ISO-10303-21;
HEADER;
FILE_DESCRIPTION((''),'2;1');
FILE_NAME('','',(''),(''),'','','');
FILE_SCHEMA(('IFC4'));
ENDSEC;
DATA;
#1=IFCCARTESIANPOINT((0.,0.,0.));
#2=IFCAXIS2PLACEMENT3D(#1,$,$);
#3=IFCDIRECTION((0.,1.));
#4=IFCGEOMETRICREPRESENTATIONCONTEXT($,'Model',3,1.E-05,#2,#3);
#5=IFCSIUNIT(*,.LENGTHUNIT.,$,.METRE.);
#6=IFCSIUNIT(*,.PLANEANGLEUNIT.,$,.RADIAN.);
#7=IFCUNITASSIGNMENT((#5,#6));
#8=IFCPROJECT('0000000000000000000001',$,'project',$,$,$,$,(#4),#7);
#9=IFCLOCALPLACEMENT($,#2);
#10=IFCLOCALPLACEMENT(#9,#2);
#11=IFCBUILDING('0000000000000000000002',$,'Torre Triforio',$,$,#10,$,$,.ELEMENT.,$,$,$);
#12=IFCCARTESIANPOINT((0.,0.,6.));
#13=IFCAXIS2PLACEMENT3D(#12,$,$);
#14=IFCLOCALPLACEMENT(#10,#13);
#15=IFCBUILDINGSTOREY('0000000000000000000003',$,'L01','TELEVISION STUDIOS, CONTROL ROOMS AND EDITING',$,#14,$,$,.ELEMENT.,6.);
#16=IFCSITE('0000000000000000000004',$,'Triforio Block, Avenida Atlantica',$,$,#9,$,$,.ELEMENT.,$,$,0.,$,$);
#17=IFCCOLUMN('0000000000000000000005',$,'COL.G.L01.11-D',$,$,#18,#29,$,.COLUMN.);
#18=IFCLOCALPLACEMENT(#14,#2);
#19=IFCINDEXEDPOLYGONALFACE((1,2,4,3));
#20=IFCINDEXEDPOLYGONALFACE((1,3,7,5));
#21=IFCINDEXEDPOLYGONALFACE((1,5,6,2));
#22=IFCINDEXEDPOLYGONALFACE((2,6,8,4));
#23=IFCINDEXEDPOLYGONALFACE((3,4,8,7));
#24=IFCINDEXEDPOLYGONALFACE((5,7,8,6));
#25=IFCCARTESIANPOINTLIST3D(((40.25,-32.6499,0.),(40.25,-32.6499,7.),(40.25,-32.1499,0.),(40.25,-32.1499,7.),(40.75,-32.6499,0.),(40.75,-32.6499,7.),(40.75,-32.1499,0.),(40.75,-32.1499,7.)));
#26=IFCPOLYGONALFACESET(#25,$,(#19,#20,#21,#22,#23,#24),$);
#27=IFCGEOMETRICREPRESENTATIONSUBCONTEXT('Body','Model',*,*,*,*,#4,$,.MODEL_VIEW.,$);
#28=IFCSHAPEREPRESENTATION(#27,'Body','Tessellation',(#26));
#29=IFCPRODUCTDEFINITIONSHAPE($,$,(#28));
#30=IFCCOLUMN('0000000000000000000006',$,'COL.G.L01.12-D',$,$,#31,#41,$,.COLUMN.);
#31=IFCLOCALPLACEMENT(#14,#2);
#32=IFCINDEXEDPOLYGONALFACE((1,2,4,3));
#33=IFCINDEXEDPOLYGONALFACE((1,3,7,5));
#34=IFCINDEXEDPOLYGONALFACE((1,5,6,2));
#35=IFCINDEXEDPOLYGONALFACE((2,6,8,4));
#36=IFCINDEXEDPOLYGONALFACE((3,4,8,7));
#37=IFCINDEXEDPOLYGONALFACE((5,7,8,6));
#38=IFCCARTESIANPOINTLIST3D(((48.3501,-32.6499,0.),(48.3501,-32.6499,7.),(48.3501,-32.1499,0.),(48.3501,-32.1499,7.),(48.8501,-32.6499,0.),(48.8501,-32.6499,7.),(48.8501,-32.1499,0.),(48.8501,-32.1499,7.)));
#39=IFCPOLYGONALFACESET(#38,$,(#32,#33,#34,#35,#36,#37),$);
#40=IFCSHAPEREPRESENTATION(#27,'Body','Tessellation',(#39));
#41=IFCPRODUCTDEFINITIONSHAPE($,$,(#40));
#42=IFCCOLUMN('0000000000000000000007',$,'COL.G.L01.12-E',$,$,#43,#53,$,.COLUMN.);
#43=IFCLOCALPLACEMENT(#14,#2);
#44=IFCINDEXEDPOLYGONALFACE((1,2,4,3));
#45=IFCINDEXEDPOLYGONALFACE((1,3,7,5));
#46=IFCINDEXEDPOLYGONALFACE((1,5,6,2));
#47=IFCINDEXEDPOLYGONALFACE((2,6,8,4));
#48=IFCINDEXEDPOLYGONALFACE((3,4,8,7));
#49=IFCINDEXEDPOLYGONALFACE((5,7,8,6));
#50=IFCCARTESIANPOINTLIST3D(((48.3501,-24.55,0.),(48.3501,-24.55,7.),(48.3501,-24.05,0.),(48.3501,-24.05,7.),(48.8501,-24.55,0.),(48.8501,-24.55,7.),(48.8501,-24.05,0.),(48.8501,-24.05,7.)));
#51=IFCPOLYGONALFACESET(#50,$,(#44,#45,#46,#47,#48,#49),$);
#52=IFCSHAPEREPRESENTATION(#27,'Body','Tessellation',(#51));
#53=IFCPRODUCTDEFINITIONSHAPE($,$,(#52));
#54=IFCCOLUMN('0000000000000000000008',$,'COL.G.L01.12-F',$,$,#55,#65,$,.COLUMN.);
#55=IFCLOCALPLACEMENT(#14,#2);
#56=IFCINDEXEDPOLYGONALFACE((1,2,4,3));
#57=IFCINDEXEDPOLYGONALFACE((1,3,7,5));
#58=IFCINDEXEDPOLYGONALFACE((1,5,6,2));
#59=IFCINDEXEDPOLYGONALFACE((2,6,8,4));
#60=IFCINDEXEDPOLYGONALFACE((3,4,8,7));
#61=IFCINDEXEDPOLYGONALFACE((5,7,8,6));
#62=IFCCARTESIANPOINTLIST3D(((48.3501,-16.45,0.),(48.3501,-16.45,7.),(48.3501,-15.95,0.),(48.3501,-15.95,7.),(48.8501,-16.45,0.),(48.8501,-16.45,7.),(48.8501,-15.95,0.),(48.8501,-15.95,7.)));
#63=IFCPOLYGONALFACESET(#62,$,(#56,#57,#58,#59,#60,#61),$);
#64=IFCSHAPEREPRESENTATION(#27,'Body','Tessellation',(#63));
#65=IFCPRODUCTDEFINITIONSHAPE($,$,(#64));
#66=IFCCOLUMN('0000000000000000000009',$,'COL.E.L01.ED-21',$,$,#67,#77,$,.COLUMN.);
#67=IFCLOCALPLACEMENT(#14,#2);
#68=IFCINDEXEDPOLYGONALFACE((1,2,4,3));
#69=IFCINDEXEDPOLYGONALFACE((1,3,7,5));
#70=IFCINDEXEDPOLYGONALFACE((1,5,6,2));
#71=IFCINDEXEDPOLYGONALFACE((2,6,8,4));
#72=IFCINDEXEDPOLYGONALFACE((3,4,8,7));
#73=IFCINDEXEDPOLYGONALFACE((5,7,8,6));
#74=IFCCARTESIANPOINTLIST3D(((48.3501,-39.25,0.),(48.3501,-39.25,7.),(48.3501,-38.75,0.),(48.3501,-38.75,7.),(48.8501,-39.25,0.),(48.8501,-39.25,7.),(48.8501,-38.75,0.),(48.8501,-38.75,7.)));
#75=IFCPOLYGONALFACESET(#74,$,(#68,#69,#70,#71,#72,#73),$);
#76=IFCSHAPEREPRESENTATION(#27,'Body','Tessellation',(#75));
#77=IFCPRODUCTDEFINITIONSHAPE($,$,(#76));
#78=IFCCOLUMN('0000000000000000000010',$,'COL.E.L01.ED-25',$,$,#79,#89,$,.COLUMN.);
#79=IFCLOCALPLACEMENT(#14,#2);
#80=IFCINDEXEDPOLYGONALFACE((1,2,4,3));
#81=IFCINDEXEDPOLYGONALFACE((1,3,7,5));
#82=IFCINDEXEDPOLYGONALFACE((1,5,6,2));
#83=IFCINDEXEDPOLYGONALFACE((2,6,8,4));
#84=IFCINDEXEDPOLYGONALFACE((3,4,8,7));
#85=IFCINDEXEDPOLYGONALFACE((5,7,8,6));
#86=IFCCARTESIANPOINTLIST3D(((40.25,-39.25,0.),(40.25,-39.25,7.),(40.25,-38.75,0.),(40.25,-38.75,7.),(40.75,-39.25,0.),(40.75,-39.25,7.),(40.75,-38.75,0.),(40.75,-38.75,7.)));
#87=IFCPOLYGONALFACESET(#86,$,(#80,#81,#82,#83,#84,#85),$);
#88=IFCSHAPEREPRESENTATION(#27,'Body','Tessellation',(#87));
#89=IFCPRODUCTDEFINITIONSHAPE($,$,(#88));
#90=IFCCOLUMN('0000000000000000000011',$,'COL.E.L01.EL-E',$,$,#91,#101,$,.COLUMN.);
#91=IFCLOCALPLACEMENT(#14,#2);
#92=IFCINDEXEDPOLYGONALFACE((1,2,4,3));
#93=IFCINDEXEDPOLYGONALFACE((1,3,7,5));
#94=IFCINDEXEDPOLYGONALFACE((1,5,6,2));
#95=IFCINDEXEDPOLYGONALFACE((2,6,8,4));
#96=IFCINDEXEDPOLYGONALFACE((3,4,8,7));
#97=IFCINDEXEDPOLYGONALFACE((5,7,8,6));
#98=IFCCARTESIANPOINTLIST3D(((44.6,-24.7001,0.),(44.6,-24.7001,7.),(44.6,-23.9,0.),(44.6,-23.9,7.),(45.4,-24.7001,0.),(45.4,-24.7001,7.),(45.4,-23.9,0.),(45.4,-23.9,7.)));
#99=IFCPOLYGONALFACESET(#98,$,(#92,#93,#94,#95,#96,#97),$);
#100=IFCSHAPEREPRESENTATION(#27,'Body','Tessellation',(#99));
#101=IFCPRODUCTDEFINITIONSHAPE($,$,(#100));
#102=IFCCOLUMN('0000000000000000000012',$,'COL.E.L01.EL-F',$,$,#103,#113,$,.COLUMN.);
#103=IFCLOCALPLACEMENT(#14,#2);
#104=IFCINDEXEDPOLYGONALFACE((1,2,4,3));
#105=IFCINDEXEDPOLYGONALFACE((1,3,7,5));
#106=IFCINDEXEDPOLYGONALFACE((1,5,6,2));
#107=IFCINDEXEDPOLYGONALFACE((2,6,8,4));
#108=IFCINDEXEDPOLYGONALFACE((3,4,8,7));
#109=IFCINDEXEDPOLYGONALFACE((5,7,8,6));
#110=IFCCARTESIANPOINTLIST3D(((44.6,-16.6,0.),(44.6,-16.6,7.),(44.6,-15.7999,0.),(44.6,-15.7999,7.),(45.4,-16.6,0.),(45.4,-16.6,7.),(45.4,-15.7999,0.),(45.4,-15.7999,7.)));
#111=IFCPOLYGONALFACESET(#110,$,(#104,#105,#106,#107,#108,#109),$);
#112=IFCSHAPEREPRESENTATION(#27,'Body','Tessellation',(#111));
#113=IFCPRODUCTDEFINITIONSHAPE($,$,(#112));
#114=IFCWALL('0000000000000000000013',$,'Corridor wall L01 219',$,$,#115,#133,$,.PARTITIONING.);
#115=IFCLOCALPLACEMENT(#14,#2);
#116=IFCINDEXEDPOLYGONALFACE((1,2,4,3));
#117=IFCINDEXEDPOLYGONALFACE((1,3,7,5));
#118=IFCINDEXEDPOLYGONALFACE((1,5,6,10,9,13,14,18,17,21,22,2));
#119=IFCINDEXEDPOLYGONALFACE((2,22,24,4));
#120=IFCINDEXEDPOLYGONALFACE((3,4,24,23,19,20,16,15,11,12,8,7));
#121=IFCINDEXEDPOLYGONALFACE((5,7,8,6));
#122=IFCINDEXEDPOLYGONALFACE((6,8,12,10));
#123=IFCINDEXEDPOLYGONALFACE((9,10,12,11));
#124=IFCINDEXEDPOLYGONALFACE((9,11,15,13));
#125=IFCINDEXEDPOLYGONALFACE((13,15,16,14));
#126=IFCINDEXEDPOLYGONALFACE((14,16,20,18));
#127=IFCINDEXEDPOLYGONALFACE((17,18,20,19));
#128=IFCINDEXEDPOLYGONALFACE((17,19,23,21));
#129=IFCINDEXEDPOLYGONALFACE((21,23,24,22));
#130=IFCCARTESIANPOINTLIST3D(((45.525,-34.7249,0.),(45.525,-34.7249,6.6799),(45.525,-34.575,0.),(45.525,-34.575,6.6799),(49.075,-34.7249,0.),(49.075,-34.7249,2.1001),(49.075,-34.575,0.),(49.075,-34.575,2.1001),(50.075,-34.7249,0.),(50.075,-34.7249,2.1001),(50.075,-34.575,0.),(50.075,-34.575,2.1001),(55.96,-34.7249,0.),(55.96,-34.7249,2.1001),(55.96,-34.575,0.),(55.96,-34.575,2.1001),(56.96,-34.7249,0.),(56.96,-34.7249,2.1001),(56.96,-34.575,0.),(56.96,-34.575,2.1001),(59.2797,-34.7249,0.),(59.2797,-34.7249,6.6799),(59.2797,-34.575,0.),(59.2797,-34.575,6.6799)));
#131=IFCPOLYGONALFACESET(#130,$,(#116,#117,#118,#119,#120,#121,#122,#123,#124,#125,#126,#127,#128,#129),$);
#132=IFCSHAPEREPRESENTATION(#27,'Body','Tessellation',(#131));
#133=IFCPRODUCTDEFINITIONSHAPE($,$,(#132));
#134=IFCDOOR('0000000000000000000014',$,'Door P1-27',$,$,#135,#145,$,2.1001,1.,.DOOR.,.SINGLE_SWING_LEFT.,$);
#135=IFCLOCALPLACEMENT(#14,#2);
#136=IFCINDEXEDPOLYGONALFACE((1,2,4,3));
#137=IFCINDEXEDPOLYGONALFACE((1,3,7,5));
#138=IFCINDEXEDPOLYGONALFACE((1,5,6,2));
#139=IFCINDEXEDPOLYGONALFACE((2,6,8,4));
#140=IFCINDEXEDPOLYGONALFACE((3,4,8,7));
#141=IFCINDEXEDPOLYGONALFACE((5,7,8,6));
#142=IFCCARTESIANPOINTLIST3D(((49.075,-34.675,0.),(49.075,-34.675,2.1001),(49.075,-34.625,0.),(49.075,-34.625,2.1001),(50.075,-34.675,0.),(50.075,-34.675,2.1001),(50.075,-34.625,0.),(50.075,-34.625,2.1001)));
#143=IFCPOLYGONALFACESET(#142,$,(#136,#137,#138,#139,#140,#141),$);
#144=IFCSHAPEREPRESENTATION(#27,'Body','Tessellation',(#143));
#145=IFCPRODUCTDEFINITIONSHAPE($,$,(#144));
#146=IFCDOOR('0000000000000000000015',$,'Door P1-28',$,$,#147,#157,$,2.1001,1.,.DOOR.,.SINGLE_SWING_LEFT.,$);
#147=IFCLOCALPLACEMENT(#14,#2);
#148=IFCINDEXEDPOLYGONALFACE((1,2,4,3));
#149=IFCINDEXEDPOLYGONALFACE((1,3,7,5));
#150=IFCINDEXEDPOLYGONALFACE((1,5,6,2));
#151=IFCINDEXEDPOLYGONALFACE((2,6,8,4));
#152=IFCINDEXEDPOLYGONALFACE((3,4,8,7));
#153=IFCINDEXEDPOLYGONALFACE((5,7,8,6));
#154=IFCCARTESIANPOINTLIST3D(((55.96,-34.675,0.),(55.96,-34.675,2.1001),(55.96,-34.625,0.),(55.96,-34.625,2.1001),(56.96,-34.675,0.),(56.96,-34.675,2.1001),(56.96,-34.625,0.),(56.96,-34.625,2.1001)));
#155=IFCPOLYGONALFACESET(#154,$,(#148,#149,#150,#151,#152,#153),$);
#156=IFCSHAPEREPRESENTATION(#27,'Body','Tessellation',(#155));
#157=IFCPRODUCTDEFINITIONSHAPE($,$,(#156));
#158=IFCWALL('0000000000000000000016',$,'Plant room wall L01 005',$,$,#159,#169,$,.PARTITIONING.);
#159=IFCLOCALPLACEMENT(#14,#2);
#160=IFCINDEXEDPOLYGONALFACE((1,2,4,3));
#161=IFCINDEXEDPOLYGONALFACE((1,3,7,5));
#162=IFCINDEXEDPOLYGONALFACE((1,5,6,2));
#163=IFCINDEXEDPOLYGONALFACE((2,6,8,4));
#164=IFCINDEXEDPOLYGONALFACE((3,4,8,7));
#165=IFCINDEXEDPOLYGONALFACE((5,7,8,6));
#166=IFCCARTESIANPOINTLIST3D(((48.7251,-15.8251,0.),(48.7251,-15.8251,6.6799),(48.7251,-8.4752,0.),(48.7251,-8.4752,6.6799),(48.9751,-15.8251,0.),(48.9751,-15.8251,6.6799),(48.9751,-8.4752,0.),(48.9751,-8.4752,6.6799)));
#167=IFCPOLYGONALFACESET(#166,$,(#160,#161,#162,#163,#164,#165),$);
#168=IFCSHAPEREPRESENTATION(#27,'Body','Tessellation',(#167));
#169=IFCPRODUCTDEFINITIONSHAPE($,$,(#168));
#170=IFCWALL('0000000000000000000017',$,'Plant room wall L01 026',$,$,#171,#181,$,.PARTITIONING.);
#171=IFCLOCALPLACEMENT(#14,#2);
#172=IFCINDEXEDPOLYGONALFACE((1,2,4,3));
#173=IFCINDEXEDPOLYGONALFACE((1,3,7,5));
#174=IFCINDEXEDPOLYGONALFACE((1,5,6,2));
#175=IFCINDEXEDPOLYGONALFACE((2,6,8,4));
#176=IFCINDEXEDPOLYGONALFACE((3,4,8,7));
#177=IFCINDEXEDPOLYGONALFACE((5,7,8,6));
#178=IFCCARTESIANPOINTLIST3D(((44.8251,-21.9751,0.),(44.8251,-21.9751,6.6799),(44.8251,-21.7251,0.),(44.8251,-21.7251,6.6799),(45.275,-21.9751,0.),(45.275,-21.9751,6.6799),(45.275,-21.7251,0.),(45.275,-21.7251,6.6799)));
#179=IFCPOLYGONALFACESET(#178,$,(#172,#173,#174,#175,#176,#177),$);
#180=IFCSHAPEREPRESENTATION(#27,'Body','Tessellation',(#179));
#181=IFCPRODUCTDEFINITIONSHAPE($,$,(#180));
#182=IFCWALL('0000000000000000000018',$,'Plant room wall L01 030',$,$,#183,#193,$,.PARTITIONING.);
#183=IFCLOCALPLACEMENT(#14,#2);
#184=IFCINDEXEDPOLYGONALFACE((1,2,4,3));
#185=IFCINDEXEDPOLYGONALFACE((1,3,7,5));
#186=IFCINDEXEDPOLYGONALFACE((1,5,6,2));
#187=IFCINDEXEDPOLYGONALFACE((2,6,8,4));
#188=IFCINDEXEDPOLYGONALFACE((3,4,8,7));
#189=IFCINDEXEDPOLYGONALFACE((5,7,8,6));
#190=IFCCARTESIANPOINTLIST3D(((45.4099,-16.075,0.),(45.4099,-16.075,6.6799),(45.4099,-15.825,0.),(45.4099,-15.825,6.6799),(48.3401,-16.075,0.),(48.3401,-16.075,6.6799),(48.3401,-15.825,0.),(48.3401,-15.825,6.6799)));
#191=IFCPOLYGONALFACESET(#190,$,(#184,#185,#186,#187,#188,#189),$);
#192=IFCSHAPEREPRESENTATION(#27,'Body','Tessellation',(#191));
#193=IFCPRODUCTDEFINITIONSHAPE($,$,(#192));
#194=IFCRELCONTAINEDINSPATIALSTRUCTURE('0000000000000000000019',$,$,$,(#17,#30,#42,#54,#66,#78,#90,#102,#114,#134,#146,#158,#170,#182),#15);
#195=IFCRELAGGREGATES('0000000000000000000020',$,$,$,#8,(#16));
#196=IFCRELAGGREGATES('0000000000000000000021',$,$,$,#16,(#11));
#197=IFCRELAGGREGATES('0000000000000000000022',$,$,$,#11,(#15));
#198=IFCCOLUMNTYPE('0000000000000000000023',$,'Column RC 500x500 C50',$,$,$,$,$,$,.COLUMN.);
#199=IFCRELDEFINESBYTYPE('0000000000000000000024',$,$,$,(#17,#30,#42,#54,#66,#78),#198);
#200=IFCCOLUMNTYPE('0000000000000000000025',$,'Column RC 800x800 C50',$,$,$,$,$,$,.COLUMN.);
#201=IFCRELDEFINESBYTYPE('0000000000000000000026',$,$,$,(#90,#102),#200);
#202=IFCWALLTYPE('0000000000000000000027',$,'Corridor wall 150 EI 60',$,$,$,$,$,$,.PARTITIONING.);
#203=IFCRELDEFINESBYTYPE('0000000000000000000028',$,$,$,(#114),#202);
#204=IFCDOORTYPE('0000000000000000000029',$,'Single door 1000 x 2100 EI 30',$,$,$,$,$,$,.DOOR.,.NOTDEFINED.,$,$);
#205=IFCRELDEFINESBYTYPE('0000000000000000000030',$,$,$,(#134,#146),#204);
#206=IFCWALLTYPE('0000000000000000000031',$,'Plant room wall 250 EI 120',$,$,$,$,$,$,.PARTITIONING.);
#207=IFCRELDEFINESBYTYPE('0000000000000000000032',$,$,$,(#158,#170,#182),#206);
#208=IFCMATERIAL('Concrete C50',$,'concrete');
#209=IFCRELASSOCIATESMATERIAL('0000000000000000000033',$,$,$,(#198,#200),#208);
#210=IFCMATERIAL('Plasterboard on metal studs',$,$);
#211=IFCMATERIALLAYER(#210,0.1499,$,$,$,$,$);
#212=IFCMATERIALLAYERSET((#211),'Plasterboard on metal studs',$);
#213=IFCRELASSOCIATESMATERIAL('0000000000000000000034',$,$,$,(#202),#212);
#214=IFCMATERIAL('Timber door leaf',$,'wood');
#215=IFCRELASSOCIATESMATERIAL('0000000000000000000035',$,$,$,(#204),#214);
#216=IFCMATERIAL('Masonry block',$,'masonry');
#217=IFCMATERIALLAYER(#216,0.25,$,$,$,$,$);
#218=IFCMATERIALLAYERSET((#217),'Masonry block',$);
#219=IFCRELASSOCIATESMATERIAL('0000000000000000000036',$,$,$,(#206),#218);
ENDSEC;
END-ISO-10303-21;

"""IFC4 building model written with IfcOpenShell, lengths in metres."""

from ifc_helpers import new_model, si_unit, direction, frame, frame_2d, origin, origin_2d, place, context, subcontext, project, spatial, rectangle, extrude, material, layer, layer_set, material_profile, profile_set, type_object, element, fill, save


model = new_model("IFC4")

# Units and contexts
model_context = context("Model", 3, precision=1e-05, world=origin(), true_north=direction((0.0, 1.0)))
body_context = subcontext(model_context, "Body", "Model", "MODEL_VIEW")
ifc_project = project(units=[si_unit("LENGTHUNIT", "METRE"), si_unit("PLANEANGLEUNIT", "RADIAN")], contexts=[model_context])

# Site, building, storey
site_placement = place(None, origin())
site = spatial("IfcSite", under=ifc_project, at=site_placement, Name="Triforio Block, Avenida Atlantica", CompositionType="ELEMENT", RefElevation=0.0)
building_placement = place(site_placement, origin())
building = spatial("IfcBuilding", under=site, at=building_placement, Name="Torre Triforio", CompositionType="ELEMENT")
storey_placement = place(building_placement, frame((0.0, 0.0, 6.0)))
storey = spatial("IfcBuildingStorey", under=building, at=storey_placement, Name="L01", Description="TELEVISION STUDIOS, CONTROL ROOMS AND EDITING", CompositionType="ELEMENT", Elevation=6.0)

# Columns
ifc_material_1 = material(Name="Concrete C50", Category="concrete")
ifc_material_profile_1 = material_profile(ifc_material_1, rectangle(XDim=0.5, YDim=0.5, at=origin_2d()), Name="RC 500x500")
ifc_profile_set_1 = profile_set([ifc_material_profile_1], Name="Concrete C50")
column_type_1 = type_object("IfcColumnType", Name="Column RC 500x500 C50", PredefinedType="COLUMN", material=ifc_profile_set_1)
for number, where, z_axis, x_axis, name in (
    (1, (40.5, -32.3999, 0.0), (0.0, 0.0, 1.0), (1.0, 0.0, 0.0), "COL.G.L01.11-D"),
    (2, (48.6001, -32.3999, 0.0), (0.0, 0.0, 1.0), (1.0, 0.0, 0.0), "COL.G.L01.12-D"),
    (3, (48.6001, -24.3, 0.0), (0.0, 0.0, 1.0), (1.0, 0.0, 0.0), "COL.G.L01.12-E"),
    (4, (48.6001, -16.2, 0.0), (0.0, 0.0, 1.0), (1.0, 0.0, 0.0), "COL.G.L01.12-F"),
    (5, (48.6001, -39.0, 0.0), (0.0, 0.0, 1.0), (1.0, 0.0, 0.0), "COL.E.L01.ED-21"),
    (6, (40.5, -39.0, 0.0), (0.0, 0.0, 1.0), (1.0, 0.0, 0.0), "COL.E.L01.ED-25"),
):
    element("IfcColumn", number, at=place(storey_placement, frame(where, z_axis=z_axis, x_axis=x_axis)), inside=storey, type_object=column_type_1, Name=name, PredefinedType="COLUMN", context=body_context, shape_type="SweptSolid", body=[
        extrude(rectangle(XDim=0.5, YDim=0.5, at=origin_2d()), origin(), (0.0, 0.0, 1.0), 7.0),
    ])
ifc_material_profile_2 = material_profile(ifc_material_1, rectangle(XDim=0.8, YDim=0.8, at=origin_2d()), Name="RC 800x800")
ifc_profile_set_2 = profile_set([ifc_material_profile_2], Name="Concrete C50")
column_type_2 = type_object("IfcColumnType", Name="Column RC 800x800 C50", PredefinedType="COLUMN", material=ifc_profile_set_2)
for number, where, z_axis, x_axis, name in (
    (7, (45.0, -24.3, 0.0), (0.0, 0.0, 1.0), (1.0, 0.0, 0.0), "COL.E.L01.EL-E"),
    (8, (45.0, -16.2, 0.0), (0.0, 0.0, 1.0), (1.0, 0.0, 0.0), "COL.E.L01.EL-F"),
):
    element("IfcColumn", number, at=place(storey_placement, frame(where, z_axis=z_axis, x_axis=x_axis)), inside=storey, type_object=column_type_2, Name=name, PredefinedType="COLUMN", context=body_context, shape_type="SweptSolid", body=[
        extrude(rectangle(XDim=0.8, YDim=0.8, at=origin_2d()), origin(), (0.0, 0.0, 1.0), 7.0),
    ])

# Wall, openings, doors
ifc_material_2 = material(Name="Plasterboard on metal studs")
ifc_layer_1 = layer(ifc_material_2, 0.1499)
ifc_layer_set_1 = layer_set([ifc_layer_1], Name="Plasterboard on metal studs")
wall_type_1 = type_object("IfcWallType", Name="Corridor wall 150 EI 60", PredefinedType="PARTITIONING", material=ifc_layer_set_1)
wall_1_placement = place(storey_placement, frame((45.5249, -34.6499, 0.0), z_axis=(0.0, 0.0, 1.0), x_axis=(1.0, 0.0, 0.0)))
wall_1 = element("IfcWall", 9, at=wall_1_placement, inside=storey, type_object=wall_type_1, Name="Corridor wall L01 219", PredefinedType="PARTITIONING", context=body_context, shape_type="SweptSolid", body=[
    extrude(rectangle(XDim=13.7546, YDim=0.1499, at=frame_2d((6.8774, 0.0))), origin(), (0.0, 0.0, 1.0), 6.6799),
])
opening_1_placement = place(wall_1_placement, frame((3.55, 0.0, 0.0)))
opening_1 = element("IfcOpeningElement", 10, at=opening_1_placement, cuts=wall_1, PredefinedType="OPENING", context=body_context, shape_type="SweptSolid", body=[
    extrude(rectangle(XDim=1.0, YDim=2.1001, at=frame_2d((0.5, 1.05))), frame((0.0, 0.085, 0.0), z_axis=(0.0, -1.0, 0.0), x_axis=(1.0, 0.0, 0.0)), (0.0, 0.0, 1.0), 0.1699),
])
opening_2_placement = place(wall_1_placement, frame((10.4351, 0.0, 0.0)))
opening_2 = element("IfcOpeningElement", 11, at=opening_2_placement, cuts=wall_1, PredefinedType="OPENING", context=body_context, shape_type="SweptSolid", body=[
    extrude(rectangle(XDim=1.0, YDim=2.1001, at=frame_2d((0.5, 1.05))), frame((0.0, 0.085, 0.0), z_axis=(0.0, -1.0, 0.0), x_axis=(1.0, 0.0, 0.0)), (0.0, 0.0, 1.0), 0.1699),
])
ifc_material_3 = material(Name="Timber door leaf", Category="wood")
door_type = type_object("IfcDoorType", Name="Single door 1000 x 2100 EI 30", OperationType="NOTDEFINED", PredefinedType="DOOR", material=ifc_material_3)
door_1_placement = place(opening_1_placement, origin())
door_1 = element("IfcDoor", 12, at=door_1_placement, inside=storey, type_object=door_type, Name="Door P1-27", OperationType="SINGLE_SWING_LEFT", OverallHeight=2.1001, OverallWidth=1.0, PredefinedType="DOOR", context=body_context, shape_type="SweptSolid", body=[
    extrude(rectangle(XDim=1.0, YDim=2.1001, at=frame_2d((0.5, 1.05))), frame((0.0, 0.0249, 0.0), z_axis=(0.0, -1.0, 0.0), x_axis=(1.0, 0.0, 0.0)), (0.0, 0.0, 1.0), 0.05),
])
fill(opening_1, door_1)
door_2_placement = place(opening_2_placement, origin())
door_2 = element("IfcDoor", 13, at=door_2_placement, inside=storey, type_object=door_type, Name="Door P1-28", OperationType="SINGLE_SWING_LEFT", OverallHeight=2.1001, OverallWidth=1.0, PredefinedType="DOOR", context=body_context, shape_type="SweptSolid", body=[
    extrude(rectangle(XDim=1.0, YDim=2.1001, at=frame_2d((0.5, 1.05))), frame((0.0, 0.0249, 0.0), z_axis=(0.0, -1.0, 0.0), x_axis=(1.0, 0.0, 0.0)), (0.0, 0.0, 1.0), 0.05),
])
fill(opening_2, door_2)

# Walls
ifc_material_4 = material(Name="Masonry block", Category="masonry")
ifc_layer_2 = layer(ifc_material_4, 0.25)
ifc_layer_set_2 = layer_set([ifc_layer_2], Name="Masonry block")
wall_type_2 = type_object("IfcWallType", Name="Plant room wall 250 EI 120", PredefinedType="PARTITIONING", material=ifc_layer_set_2)
wall_2_placement = place(storey_placement, frame((48.8501, -15.825, 0.0), z_axis=(0.0, 0.0, 1.0), x_axis=(0.0, 1.0, 0.0)))
element("IfcWall", 14, at=wall_2_placement, inside=storey, type_object=wall_type_2, Name="Plant room wall L01 005", PredefinedType="PARTITIONING", context=body_context, shape_type="SweptSolid", body=[
    extrude(rectangle(XDim=7.3499, YDim=0.25, at=frame_2d((3.6748, 0.0))), origin(), (0.0, 0.0, 1.0), 6.6799),
])
wall_3_placement = place(storey_placement, frame((44.825, -21.8501, 0.0), z_axis=(0.0, 0.0, 1.0), x_axis=(1.0, 0.0, 0.0)))
element("IfcWall", 15, at=wall_3_placement, inside=storey, type_object=wall_type_2, Name="Plant room wall L01 026", PredefinedType="PARTITIONING", context=body_context, shape_type="SweptSolid", body=[
    extrude(rectangle(XDim=0.45, YDim=0.25, at=frame_2d((0.2251, 0.0))), origin(), (0.0, 0.0, 1.0), 6.6799),
])
wall_4_placement = place(storey_placement, frame((45.4099, -15.95, 0.0), z_axis=(0.0, 0.0, 1.0), x_axis=(1.0, 0.0, 0.0)))
element("IfcWall", 16, at=wall_4_placement, inside=storey, type_object=wall_type_2, Name="Plant room wall L01 030", PredefinedType="PARTITIONING", context=body_context, shape_type="SweptSolid", body=[
    extrude(rectangle(XDim=2.9302, YDim=0.25, at=frame_2d((1.4651, 0.0))), origin(), (0.0, 0.0, 1.0), 6.6799),
])

save(model, "model.ifc")
